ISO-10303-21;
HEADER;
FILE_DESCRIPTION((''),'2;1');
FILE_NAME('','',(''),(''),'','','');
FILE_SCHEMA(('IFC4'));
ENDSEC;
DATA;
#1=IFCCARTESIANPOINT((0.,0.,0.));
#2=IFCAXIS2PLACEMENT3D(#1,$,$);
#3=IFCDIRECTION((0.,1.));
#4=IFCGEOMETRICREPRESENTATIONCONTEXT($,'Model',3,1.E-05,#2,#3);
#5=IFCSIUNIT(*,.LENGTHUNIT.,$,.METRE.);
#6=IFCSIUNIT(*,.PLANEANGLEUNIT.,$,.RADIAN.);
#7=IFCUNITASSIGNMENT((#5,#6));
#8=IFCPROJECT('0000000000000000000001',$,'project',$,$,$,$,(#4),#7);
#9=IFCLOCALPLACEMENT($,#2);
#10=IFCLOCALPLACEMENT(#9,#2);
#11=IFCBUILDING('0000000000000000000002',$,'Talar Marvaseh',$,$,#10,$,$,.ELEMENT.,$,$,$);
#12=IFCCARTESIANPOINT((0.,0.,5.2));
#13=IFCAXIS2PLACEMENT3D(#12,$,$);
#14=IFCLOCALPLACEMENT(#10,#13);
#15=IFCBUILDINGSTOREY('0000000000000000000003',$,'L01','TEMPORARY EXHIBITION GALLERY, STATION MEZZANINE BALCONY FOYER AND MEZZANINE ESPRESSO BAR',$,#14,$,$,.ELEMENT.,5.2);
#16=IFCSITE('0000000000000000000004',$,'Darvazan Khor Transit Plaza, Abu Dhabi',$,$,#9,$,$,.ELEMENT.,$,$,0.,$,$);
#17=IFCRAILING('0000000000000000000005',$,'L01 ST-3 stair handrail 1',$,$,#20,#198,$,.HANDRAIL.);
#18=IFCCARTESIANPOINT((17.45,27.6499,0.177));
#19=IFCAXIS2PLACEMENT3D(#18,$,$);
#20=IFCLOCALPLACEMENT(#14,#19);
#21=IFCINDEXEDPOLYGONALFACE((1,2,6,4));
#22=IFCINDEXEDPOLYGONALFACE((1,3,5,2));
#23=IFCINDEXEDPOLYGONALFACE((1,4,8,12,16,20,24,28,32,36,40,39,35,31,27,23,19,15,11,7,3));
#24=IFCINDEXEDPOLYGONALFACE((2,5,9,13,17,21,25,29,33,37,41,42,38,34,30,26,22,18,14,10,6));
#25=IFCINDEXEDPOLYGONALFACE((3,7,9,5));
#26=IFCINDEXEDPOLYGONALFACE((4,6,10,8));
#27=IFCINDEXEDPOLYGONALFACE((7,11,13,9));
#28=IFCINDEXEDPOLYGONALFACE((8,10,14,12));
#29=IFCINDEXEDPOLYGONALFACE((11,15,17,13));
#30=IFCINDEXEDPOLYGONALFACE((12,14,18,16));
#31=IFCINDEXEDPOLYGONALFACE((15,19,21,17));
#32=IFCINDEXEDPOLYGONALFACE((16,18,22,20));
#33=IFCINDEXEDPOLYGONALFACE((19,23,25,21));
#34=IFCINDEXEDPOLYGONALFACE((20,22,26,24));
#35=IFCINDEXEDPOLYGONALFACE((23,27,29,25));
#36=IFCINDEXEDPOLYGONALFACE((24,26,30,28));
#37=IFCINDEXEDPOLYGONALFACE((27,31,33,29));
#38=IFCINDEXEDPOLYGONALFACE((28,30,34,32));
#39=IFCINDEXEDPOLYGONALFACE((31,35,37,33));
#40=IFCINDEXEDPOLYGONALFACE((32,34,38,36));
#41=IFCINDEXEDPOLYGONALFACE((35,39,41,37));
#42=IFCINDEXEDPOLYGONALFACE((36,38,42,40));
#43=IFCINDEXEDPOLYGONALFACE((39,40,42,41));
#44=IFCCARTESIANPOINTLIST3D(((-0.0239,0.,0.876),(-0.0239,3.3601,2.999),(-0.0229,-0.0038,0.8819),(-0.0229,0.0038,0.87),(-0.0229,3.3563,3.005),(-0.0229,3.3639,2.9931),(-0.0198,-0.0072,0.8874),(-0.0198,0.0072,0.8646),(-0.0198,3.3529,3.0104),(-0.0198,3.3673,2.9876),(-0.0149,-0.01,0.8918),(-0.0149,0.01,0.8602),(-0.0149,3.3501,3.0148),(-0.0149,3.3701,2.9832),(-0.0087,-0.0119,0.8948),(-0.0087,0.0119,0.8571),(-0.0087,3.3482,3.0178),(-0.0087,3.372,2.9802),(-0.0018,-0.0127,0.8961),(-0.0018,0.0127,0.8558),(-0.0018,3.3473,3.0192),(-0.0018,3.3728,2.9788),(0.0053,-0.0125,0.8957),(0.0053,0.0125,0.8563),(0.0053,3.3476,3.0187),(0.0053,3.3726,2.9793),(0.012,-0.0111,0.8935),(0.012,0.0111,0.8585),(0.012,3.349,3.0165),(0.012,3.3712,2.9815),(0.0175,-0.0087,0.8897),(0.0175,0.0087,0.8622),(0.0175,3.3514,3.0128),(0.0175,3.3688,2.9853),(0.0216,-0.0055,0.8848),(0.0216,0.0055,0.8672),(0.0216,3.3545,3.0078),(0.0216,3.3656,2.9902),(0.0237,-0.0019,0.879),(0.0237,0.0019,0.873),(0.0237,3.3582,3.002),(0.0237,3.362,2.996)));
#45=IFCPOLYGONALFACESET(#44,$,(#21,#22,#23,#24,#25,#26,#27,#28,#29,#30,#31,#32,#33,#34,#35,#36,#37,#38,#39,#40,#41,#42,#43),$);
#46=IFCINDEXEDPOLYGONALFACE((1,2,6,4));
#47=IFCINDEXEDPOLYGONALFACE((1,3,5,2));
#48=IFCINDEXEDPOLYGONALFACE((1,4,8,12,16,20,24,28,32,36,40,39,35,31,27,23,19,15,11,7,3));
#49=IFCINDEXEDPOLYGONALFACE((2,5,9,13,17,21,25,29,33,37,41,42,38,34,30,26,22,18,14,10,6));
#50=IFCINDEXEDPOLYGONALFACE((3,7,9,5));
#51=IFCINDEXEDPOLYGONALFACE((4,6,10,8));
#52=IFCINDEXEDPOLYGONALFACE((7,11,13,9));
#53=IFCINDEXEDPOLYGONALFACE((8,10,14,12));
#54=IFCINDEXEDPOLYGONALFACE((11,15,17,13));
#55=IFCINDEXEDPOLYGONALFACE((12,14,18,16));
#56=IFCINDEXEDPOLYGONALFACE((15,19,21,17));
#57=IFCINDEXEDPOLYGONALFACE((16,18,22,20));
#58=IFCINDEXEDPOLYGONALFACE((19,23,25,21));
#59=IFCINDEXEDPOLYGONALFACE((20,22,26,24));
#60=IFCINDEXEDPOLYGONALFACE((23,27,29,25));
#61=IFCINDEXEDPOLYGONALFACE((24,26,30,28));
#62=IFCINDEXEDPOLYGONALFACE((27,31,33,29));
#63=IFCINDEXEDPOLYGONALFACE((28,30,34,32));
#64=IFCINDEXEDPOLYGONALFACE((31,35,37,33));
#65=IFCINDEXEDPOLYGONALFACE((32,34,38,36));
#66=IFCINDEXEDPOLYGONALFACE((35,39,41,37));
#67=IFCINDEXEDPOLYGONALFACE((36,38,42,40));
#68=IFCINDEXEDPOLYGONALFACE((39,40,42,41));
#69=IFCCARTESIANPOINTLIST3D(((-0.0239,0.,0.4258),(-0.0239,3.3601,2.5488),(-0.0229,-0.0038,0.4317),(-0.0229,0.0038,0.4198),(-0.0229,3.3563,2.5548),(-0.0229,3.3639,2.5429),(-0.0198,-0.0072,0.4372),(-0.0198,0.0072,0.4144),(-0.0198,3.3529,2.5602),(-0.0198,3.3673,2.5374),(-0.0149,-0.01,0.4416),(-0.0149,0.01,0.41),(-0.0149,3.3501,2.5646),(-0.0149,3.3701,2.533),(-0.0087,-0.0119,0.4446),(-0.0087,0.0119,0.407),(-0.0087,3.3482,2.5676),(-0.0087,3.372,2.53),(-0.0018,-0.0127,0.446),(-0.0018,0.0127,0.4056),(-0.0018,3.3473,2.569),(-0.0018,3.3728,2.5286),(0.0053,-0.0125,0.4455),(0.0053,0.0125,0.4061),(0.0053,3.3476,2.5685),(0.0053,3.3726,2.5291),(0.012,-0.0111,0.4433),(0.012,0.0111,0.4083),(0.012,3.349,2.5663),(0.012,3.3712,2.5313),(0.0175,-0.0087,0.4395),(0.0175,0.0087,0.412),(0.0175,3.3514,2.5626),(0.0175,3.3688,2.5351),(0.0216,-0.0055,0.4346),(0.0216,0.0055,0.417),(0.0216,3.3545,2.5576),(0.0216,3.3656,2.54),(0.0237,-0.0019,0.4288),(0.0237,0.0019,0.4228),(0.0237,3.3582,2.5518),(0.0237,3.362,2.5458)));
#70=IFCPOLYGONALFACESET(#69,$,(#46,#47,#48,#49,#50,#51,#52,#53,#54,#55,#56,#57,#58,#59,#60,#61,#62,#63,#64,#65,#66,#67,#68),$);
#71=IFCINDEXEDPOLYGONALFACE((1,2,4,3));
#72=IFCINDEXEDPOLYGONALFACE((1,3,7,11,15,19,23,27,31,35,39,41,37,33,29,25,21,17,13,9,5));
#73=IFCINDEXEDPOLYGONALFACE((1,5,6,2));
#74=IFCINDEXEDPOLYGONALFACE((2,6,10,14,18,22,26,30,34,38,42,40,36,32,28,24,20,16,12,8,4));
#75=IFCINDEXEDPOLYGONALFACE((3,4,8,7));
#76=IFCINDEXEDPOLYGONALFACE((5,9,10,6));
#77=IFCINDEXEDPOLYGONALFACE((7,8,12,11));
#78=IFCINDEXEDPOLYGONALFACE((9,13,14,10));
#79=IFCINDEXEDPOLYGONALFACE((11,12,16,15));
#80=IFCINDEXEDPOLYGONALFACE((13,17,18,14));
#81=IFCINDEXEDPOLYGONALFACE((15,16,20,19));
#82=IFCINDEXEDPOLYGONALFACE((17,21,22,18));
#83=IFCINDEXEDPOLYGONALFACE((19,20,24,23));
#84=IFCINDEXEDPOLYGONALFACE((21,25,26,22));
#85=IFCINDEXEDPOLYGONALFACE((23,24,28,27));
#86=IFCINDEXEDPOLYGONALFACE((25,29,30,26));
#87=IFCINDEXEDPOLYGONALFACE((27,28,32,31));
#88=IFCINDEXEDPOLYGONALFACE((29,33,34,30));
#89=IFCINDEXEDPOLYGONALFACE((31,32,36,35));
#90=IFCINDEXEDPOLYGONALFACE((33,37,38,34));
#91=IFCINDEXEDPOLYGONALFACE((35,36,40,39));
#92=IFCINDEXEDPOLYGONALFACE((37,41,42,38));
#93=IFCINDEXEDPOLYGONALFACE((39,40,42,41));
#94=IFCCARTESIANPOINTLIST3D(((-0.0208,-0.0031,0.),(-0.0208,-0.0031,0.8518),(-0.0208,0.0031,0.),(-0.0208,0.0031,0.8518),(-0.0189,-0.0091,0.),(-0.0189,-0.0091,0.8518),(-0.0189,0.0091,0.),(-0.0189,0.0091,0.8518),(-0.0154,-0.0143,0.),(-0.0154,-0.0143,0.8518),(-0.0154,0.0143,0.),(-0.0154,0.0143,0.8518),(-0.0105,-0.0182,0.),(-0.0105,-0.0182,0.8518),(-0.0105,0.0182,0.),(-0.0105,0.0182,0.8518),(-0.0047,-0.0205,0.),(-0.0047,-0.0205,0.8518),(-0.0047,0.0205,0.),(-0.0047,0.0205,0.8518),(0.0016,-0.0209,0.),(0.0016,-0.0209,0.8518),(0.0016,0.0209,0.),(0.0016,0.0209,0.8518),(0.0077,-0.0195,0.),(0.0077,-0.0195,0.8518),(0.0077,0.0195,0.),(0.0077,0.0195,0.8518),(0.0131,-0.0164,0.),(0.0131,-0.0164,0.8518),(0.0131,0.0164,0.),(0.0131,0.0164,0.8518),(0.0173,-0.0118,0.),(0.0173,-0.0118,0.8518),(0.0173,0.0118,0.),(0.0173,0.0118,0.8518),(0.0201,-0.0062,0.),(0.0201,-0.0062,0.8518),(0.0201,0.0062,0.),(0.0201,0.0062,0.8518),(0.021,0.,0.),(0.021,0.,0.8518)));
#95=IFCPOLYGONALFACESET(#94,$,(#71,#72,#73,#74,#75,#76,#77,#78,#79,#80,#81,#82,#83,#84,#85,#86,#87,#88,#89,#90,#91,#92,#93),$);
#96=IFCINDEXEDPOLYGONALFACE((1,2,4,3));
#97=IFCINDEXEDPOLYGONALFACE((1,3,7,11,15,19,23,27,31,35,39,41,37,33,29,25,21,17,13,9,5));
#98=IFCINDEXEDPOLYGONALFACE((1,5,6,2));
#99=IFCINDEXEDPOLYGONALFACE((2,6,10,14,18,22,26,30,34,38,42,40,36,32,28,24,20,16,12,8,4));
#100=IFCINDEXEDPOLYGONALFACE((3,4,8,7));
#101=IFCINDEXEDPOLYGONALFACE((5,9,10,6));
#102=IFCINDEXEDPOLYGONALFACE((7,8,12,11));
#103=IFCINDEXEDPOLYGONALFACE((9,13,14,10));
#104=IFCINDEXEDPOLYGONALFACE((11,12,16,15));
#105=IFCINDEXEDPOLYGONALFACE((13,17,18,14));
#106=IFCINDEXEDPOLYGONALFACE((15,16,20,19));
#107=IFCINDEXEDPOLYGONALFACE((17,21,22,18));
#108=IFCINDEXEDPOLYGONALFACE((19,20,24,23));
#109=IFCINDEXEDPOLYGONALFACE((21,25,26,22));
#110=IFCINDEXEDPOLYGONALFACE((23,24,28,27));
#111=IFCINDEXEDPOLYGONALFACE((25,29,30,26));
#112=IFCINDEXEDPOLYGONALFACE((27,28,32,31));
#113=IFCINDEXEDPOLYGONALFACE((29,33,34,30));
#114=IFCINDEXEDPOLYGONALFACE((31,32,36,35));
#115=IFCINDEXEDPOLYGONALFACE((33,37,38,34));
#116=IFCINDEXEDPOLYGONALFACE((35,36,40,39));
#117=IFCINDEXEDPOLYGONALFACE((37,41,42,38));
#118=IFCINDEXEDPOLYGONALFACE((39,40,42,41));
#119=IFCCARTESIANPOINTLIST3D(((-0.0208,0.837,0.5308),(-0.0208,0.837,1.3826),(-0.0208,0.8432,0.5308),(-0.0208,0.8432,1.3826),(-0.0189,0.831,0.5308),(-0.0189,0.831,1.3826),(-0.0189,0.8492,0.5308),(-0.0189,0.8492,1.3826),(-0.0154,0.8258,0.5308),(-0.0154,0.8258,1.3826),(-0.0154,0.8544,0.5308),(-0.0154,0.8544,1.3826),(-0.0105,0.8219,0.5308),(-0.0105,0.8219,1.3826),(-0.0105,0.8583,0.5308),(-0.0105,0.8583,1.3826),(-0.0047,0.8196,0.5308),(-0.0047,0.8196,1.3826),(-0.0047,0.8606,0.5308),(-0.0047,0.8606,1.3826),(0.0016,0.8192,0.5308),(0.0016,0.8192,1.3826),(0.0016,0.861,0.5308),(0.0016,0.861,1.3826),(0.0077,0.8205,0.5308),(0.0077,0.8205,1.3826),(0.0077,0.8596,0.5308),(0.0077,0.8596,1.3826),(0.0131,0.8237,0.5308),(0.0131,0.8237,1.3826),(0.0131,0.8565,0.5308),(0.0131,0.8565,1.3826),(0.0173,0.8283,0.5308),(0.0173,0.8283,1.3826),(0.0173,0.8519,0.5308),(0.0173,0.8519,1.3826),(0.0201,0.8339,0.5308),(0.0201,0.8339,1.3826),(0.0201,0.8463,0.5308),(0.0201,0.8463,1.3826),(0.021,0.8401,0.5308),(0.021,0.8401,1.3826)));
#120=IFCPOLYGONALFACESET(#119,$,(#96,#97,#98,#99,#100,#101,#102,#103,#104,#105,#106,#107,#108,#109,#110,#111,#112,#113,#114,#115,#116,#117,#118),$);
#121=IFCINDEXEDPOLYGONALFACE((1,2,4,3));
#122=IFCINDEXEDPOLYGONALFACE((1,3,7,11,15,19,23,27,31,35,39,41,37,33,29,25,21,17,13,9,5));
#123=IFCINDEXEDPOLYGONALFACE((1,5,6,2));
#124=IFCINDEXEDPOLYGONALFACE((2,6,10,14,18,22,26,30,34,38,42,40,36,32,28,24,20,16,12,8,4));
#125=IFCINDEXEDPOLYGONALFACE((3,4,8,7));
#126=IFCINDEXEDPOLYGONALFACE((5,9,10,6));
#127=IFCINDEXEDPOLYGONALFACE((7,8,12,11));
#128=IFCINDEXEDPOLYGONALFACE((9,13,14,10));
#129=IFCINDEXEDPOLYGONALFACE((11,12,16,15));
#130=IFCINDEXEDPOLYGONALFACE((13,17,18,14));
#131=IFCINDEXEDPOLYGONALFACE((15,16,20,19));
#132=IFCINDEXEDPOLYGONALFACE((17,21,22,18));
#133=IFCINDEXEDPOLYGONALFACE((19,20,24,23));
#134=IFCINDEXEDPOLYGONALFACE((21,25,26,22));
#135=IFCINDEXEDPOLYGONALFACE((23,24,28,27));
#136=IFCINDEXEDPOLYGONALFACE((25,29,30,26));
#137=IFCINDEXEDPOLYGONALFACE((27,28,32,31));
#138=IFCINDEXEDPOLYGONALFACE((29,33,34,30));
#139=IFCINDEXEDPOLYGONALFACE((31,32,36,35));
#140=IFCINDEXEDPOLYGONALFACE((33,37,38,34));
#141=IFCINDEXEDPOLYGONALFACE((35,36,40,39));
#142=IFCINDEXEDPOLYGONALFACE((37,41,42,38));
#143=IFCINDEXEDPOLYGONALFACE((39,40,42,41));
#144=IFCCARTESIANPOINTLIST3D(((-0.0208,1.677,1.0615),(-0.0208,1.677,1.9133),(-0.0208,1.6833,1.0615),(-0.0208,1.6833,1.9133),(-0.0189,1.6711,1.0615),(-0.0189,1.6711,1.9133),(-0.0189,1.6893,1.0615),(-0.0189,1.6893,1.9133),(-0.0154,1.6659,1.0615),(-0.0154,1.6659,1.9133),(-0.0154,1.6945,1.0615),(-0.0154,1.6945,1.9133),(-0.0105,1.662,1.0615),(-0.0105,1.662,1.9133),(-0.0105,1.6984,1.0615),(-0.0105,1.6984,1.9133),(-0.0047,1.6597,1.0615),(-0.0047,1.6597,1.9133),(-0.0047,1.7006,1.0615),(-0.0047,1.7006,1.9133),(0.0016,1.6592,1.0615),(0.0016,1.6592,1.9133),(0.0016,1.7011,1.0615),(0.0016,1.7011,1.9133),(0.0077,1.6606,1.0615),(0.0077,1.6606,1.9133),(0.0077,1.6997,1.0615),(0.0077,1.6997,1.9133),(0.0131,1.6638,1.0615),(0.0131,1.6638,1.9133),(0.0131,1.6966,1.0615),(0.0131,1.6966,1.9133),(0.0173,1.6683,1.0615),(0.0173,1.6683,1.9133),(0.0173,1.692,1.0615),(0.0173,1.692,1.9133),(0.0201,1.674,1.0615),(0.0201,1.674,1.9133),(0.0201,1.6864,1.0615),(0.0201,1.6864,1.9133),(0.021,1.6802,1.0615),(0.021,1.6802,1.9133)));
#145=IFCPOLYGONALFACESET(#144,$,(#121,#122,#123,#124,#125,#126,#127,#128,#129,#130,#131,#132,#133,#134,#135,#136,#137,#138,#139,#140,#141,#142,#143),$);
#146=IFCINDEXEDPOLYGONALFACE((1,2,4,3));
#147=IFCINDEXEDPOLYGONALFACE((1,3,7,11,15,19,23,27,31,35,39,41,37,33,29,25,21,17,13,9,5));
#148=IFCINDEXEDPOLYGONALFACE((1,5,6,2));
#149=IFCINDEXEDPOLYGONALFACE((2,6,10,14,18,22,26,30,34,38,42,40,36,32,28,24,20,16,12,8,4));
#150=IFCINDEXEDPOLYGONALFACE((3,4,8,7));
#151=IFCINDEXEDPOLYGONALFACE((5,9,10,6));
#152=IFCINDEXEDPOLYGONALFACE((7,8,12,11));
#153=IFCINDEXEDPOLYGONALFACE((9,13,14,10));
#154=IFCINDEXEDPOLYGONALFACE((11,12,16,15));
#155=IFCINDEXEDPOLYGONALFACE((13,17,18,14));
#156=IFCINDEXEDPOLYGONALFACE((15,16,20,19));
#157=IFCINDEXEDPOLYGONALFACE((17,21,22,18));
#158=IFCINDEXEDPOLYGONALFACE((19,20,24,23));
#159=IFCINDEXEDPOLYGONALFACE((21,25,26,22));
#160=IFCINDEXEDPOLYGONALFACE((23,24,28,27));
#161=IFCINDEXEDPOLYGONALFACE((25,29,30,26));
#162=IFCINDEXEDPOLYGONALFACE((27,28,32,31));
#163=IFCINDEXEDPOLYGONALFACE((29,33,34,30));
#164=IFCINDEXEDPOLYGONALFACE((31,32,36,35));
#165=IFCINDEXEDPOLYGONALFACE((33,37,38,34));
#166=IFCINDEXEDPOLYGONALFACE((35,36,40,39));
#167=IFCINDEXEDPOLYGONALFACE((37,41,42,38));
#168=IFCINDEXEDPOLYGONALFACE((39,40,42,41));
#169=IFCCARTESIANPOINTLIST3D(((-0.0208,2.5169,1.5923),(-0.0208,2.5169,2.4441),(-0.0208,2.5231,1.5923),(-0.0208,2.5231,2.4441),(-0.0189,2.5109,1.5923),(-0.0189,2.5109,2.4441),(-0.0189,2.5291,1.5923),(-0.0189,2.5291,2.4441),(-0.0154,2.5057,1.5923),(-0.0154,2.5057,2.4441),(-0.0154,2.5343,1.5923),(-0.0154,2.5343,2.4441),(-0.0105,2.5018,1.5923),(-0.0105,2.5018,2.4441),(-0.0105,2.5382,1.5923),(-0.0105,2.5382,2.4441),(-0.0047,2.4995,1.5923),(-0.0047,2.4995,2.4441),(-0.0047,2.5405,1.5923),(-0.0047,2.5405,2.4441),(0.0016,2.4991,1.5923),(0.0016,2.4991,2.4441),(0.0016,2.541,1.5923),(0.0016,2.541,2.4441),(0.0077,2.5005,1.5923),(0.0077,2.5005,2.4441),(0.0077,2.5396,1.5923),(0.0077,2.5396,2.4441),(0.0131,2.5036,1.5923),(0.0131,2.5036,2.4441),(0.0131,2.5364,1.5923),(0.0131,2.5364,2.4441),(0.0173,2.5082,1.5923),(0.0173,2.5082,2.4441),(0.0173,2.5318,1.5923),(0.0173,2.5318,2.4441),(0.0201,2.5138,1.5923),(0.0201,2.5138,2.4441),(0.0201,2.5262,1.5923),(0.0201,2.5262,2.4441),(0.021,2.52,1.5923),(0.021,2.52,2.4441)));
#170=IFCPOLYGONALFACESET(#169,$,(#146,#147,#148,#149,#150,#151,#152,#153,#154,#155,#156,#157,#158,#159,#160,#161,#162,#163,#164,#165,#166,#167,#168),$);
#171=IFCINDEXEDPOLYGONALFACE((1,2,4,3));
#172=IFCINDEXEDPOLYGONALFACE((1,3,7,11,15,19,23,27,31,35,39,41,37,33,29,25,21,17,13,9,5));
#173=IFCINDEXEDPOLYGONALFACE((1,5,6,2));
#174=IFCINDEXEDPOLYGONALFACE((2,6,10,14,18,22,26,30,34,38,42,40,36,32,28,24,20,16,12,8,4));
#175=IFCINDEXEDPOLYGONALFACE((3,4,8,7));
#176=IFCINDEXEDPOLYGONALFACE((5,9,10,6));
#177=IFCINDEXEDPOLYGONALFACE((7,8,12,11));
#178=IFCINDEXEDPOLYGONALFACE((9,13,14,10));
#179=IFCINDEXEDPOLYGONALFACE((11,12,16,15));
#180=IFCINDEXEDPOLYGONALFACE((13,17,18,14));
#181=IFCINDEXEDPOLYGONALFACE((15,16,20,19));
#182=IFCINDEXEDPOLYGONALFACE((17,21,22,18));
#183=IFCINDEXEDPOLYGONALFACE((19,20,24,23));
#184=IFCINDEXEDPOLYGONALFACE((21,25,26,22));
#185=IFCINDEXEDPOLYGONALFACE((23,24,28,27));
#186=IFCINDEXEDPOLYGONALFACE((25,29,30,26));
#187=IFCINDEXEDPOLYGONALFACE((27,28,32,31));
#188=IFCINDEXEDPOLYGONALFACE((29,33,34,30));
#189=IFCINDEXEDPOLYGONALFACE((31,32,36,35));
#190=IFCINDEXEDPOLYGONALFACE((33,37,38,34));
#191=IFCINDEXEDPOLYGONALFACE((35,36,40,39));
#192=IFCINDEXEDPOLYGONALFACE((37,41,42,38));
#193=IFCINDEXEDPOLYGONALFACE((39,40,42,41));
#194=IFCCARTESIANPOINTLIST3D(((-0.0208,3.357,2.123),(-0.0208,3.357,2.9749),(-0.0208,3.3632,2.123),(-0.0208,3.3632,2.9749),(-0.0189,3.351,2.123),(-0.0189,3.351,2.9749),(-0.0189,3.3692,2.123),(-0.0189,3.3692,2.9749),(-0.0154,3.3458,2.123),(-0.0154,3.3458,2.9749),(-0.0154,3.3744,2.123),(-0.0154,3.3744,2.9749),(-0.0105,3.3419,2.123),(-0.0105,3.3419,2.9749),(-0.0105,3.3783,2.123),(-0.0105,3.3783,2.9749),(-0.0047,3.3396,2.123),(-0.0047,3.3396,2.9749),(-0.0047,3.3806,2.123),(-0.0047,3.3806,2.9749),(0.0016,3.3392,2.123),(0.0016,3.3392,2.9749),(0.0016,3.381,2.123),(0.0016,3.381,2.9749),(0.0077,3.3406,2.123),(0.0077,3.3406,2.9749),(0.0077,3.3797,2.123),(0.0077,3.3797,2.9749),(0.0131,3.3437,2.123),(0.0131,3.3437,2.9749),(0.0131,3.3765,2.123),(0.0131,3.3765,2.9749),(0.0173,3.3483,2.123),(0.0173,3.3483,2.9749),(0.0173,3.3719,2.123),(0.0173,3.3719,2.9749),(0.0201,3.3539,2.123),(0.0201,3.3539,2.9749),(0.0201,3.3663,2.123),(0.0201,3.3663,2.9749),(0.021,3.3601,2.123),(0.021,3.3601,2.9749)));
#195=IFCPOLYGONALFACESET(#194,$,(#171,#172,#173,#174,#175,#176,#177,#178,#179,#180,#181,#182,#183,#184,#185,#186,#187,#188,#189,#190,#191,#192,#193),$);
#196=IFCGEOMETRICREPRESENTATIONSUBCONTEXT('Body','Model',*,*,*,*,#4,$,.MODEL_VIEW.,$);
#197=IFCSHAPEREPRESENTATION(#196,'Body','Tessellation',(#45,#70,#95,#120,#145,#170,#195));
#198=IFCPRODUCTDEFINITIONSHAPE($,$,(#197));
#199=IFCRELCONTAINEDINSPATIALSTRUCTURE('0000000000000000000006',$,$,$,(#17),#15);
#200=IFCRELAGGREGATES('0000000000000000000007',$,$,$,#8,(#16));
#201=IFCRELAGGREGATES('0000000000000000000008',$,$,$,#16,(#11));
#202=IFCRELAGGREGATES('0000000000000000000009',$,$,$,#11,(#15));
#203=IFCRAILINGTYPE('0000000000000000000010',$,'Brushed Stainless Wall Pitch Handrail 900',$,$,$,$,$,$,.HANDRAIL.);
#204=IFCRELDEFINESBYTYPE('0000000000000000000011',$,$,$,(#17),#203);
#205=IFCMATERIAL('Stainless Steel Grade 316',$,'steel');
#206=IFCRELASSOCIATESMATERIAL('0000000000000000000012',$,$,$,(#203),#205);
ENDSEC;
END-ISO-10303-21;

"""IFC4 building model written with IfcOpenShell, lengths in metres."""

from ifc_helpers import new_model, si_unit, direction, frame, origin, origin_2d, place, context, subcontext, project, spatial, circle, extrude, material, type_object, element, save


model = new_model("IFC4")

# Units and contexts
model_context = context("Model", 3, precision=1e-05, world=origin(), true_north=direction((0.0, 1.0)))
body_context = subcontext(model_context, "Body", "Model", "MODEL_VIEW")
ifc_project = project(units=[si_unit("LENGTHUNIT", "METRE"), si_unit("PLANEANGLEUNIT", "RADIAN")], contexts=[model_context])

# Site, building, storey
site_placement = place(None, origin())
site = spatial("IfcSite", under=ifc_project, at=site_placement, Name="Darvazan Khor Transit Plaza, Abu Dhabi", CompositionType="ELEMENT", RefElevation=0.0)
building_placement = place(site_placement, origin())
building = spatial("IfcBuilding", under=site, at=building_placement, Name="Talar Marvaseh", CompositionType="ELEMENT")
storey_placement = place(building_placement, frame((0.0, 0.0, 5.2)))
storey = spatial("IfcBuildingStorey", under=building, at=storey_placement, Name="L01", Description="TEMPORARY EXHIBITION GALLERY, STATION MEZZANINE BALCONY FOYER AND MEZZANINE ESPRESSO BAR", CompositionType="ELEMENT", Elevation=5.2)

# Railing
ifc_material_1 = material(Name="Stainless Steel Grade 316", Category="steel")
railing_type_1 = type_object("IfcRailingType", Name="Brushed Stainless Wall Pitch Handrail 900", PredefinedType="HANDRAIL", material=ifc_material_1)
railing_1_placement = place(storey_placement, frame((17.45, 27.6499, 0.177)))
element("IfcRailing", 1, at=railing_1_placement, inside=storey, type_object=railing_type_1, Name="L01 ST-3 stair handrail 1", PredefinedType="HANDRAIL", context=body_context, shape_type="SweptSolid", body=[
    extrude(circle(Radius=0.0239, at=origin_2d()), frame((0.0, 0.0, 0.876), z_axis=(0.0, 0.84539, 0.53415), x_axis=(-1.0, 0.0, 0.0)), (0.0, 0.0, 1.0), 3.9746),
    extrude(circle(Radius=0.0239, at=origin_2d()), frame((0.0, 0.0, 0.4258), z_axis=(0.0, 0.84539, 0.53415), x_axis=(-1.0, 0.0, 0.0)), (0.0, 0.0, 1.0), 3.9746),
    extrude(circle(Radius=0.021, at=origin_2d()), origin(), (0.0, 0.0, 1.0), 0.8518),
    extrude(circle(Radius=0.021, at=origin_2d()), frame((0.0, 0.8401, 0.5308)), (0.0, 0.0, 1.0), 0.8518),
    extrude(circle(Radius=0.021, at=origin_2d()), frame((0.0, 1.6802, 1.0615)), (0.0, 0.0, 1.0), 0.8518),
    extrude(circle(Radius=0.021, at=origin_2d()), frame((0.0, 2.52, 1.5923)), (0.0, 0.0, 1.0), 0.8518),
    extrude(circle(Radius=0.021, at=origin_2d()), frame((0.0, 3.3601, 2.123)), (0.0, 0.0, 1.0), 0.8518),
])

save(model, "model.ifc")
